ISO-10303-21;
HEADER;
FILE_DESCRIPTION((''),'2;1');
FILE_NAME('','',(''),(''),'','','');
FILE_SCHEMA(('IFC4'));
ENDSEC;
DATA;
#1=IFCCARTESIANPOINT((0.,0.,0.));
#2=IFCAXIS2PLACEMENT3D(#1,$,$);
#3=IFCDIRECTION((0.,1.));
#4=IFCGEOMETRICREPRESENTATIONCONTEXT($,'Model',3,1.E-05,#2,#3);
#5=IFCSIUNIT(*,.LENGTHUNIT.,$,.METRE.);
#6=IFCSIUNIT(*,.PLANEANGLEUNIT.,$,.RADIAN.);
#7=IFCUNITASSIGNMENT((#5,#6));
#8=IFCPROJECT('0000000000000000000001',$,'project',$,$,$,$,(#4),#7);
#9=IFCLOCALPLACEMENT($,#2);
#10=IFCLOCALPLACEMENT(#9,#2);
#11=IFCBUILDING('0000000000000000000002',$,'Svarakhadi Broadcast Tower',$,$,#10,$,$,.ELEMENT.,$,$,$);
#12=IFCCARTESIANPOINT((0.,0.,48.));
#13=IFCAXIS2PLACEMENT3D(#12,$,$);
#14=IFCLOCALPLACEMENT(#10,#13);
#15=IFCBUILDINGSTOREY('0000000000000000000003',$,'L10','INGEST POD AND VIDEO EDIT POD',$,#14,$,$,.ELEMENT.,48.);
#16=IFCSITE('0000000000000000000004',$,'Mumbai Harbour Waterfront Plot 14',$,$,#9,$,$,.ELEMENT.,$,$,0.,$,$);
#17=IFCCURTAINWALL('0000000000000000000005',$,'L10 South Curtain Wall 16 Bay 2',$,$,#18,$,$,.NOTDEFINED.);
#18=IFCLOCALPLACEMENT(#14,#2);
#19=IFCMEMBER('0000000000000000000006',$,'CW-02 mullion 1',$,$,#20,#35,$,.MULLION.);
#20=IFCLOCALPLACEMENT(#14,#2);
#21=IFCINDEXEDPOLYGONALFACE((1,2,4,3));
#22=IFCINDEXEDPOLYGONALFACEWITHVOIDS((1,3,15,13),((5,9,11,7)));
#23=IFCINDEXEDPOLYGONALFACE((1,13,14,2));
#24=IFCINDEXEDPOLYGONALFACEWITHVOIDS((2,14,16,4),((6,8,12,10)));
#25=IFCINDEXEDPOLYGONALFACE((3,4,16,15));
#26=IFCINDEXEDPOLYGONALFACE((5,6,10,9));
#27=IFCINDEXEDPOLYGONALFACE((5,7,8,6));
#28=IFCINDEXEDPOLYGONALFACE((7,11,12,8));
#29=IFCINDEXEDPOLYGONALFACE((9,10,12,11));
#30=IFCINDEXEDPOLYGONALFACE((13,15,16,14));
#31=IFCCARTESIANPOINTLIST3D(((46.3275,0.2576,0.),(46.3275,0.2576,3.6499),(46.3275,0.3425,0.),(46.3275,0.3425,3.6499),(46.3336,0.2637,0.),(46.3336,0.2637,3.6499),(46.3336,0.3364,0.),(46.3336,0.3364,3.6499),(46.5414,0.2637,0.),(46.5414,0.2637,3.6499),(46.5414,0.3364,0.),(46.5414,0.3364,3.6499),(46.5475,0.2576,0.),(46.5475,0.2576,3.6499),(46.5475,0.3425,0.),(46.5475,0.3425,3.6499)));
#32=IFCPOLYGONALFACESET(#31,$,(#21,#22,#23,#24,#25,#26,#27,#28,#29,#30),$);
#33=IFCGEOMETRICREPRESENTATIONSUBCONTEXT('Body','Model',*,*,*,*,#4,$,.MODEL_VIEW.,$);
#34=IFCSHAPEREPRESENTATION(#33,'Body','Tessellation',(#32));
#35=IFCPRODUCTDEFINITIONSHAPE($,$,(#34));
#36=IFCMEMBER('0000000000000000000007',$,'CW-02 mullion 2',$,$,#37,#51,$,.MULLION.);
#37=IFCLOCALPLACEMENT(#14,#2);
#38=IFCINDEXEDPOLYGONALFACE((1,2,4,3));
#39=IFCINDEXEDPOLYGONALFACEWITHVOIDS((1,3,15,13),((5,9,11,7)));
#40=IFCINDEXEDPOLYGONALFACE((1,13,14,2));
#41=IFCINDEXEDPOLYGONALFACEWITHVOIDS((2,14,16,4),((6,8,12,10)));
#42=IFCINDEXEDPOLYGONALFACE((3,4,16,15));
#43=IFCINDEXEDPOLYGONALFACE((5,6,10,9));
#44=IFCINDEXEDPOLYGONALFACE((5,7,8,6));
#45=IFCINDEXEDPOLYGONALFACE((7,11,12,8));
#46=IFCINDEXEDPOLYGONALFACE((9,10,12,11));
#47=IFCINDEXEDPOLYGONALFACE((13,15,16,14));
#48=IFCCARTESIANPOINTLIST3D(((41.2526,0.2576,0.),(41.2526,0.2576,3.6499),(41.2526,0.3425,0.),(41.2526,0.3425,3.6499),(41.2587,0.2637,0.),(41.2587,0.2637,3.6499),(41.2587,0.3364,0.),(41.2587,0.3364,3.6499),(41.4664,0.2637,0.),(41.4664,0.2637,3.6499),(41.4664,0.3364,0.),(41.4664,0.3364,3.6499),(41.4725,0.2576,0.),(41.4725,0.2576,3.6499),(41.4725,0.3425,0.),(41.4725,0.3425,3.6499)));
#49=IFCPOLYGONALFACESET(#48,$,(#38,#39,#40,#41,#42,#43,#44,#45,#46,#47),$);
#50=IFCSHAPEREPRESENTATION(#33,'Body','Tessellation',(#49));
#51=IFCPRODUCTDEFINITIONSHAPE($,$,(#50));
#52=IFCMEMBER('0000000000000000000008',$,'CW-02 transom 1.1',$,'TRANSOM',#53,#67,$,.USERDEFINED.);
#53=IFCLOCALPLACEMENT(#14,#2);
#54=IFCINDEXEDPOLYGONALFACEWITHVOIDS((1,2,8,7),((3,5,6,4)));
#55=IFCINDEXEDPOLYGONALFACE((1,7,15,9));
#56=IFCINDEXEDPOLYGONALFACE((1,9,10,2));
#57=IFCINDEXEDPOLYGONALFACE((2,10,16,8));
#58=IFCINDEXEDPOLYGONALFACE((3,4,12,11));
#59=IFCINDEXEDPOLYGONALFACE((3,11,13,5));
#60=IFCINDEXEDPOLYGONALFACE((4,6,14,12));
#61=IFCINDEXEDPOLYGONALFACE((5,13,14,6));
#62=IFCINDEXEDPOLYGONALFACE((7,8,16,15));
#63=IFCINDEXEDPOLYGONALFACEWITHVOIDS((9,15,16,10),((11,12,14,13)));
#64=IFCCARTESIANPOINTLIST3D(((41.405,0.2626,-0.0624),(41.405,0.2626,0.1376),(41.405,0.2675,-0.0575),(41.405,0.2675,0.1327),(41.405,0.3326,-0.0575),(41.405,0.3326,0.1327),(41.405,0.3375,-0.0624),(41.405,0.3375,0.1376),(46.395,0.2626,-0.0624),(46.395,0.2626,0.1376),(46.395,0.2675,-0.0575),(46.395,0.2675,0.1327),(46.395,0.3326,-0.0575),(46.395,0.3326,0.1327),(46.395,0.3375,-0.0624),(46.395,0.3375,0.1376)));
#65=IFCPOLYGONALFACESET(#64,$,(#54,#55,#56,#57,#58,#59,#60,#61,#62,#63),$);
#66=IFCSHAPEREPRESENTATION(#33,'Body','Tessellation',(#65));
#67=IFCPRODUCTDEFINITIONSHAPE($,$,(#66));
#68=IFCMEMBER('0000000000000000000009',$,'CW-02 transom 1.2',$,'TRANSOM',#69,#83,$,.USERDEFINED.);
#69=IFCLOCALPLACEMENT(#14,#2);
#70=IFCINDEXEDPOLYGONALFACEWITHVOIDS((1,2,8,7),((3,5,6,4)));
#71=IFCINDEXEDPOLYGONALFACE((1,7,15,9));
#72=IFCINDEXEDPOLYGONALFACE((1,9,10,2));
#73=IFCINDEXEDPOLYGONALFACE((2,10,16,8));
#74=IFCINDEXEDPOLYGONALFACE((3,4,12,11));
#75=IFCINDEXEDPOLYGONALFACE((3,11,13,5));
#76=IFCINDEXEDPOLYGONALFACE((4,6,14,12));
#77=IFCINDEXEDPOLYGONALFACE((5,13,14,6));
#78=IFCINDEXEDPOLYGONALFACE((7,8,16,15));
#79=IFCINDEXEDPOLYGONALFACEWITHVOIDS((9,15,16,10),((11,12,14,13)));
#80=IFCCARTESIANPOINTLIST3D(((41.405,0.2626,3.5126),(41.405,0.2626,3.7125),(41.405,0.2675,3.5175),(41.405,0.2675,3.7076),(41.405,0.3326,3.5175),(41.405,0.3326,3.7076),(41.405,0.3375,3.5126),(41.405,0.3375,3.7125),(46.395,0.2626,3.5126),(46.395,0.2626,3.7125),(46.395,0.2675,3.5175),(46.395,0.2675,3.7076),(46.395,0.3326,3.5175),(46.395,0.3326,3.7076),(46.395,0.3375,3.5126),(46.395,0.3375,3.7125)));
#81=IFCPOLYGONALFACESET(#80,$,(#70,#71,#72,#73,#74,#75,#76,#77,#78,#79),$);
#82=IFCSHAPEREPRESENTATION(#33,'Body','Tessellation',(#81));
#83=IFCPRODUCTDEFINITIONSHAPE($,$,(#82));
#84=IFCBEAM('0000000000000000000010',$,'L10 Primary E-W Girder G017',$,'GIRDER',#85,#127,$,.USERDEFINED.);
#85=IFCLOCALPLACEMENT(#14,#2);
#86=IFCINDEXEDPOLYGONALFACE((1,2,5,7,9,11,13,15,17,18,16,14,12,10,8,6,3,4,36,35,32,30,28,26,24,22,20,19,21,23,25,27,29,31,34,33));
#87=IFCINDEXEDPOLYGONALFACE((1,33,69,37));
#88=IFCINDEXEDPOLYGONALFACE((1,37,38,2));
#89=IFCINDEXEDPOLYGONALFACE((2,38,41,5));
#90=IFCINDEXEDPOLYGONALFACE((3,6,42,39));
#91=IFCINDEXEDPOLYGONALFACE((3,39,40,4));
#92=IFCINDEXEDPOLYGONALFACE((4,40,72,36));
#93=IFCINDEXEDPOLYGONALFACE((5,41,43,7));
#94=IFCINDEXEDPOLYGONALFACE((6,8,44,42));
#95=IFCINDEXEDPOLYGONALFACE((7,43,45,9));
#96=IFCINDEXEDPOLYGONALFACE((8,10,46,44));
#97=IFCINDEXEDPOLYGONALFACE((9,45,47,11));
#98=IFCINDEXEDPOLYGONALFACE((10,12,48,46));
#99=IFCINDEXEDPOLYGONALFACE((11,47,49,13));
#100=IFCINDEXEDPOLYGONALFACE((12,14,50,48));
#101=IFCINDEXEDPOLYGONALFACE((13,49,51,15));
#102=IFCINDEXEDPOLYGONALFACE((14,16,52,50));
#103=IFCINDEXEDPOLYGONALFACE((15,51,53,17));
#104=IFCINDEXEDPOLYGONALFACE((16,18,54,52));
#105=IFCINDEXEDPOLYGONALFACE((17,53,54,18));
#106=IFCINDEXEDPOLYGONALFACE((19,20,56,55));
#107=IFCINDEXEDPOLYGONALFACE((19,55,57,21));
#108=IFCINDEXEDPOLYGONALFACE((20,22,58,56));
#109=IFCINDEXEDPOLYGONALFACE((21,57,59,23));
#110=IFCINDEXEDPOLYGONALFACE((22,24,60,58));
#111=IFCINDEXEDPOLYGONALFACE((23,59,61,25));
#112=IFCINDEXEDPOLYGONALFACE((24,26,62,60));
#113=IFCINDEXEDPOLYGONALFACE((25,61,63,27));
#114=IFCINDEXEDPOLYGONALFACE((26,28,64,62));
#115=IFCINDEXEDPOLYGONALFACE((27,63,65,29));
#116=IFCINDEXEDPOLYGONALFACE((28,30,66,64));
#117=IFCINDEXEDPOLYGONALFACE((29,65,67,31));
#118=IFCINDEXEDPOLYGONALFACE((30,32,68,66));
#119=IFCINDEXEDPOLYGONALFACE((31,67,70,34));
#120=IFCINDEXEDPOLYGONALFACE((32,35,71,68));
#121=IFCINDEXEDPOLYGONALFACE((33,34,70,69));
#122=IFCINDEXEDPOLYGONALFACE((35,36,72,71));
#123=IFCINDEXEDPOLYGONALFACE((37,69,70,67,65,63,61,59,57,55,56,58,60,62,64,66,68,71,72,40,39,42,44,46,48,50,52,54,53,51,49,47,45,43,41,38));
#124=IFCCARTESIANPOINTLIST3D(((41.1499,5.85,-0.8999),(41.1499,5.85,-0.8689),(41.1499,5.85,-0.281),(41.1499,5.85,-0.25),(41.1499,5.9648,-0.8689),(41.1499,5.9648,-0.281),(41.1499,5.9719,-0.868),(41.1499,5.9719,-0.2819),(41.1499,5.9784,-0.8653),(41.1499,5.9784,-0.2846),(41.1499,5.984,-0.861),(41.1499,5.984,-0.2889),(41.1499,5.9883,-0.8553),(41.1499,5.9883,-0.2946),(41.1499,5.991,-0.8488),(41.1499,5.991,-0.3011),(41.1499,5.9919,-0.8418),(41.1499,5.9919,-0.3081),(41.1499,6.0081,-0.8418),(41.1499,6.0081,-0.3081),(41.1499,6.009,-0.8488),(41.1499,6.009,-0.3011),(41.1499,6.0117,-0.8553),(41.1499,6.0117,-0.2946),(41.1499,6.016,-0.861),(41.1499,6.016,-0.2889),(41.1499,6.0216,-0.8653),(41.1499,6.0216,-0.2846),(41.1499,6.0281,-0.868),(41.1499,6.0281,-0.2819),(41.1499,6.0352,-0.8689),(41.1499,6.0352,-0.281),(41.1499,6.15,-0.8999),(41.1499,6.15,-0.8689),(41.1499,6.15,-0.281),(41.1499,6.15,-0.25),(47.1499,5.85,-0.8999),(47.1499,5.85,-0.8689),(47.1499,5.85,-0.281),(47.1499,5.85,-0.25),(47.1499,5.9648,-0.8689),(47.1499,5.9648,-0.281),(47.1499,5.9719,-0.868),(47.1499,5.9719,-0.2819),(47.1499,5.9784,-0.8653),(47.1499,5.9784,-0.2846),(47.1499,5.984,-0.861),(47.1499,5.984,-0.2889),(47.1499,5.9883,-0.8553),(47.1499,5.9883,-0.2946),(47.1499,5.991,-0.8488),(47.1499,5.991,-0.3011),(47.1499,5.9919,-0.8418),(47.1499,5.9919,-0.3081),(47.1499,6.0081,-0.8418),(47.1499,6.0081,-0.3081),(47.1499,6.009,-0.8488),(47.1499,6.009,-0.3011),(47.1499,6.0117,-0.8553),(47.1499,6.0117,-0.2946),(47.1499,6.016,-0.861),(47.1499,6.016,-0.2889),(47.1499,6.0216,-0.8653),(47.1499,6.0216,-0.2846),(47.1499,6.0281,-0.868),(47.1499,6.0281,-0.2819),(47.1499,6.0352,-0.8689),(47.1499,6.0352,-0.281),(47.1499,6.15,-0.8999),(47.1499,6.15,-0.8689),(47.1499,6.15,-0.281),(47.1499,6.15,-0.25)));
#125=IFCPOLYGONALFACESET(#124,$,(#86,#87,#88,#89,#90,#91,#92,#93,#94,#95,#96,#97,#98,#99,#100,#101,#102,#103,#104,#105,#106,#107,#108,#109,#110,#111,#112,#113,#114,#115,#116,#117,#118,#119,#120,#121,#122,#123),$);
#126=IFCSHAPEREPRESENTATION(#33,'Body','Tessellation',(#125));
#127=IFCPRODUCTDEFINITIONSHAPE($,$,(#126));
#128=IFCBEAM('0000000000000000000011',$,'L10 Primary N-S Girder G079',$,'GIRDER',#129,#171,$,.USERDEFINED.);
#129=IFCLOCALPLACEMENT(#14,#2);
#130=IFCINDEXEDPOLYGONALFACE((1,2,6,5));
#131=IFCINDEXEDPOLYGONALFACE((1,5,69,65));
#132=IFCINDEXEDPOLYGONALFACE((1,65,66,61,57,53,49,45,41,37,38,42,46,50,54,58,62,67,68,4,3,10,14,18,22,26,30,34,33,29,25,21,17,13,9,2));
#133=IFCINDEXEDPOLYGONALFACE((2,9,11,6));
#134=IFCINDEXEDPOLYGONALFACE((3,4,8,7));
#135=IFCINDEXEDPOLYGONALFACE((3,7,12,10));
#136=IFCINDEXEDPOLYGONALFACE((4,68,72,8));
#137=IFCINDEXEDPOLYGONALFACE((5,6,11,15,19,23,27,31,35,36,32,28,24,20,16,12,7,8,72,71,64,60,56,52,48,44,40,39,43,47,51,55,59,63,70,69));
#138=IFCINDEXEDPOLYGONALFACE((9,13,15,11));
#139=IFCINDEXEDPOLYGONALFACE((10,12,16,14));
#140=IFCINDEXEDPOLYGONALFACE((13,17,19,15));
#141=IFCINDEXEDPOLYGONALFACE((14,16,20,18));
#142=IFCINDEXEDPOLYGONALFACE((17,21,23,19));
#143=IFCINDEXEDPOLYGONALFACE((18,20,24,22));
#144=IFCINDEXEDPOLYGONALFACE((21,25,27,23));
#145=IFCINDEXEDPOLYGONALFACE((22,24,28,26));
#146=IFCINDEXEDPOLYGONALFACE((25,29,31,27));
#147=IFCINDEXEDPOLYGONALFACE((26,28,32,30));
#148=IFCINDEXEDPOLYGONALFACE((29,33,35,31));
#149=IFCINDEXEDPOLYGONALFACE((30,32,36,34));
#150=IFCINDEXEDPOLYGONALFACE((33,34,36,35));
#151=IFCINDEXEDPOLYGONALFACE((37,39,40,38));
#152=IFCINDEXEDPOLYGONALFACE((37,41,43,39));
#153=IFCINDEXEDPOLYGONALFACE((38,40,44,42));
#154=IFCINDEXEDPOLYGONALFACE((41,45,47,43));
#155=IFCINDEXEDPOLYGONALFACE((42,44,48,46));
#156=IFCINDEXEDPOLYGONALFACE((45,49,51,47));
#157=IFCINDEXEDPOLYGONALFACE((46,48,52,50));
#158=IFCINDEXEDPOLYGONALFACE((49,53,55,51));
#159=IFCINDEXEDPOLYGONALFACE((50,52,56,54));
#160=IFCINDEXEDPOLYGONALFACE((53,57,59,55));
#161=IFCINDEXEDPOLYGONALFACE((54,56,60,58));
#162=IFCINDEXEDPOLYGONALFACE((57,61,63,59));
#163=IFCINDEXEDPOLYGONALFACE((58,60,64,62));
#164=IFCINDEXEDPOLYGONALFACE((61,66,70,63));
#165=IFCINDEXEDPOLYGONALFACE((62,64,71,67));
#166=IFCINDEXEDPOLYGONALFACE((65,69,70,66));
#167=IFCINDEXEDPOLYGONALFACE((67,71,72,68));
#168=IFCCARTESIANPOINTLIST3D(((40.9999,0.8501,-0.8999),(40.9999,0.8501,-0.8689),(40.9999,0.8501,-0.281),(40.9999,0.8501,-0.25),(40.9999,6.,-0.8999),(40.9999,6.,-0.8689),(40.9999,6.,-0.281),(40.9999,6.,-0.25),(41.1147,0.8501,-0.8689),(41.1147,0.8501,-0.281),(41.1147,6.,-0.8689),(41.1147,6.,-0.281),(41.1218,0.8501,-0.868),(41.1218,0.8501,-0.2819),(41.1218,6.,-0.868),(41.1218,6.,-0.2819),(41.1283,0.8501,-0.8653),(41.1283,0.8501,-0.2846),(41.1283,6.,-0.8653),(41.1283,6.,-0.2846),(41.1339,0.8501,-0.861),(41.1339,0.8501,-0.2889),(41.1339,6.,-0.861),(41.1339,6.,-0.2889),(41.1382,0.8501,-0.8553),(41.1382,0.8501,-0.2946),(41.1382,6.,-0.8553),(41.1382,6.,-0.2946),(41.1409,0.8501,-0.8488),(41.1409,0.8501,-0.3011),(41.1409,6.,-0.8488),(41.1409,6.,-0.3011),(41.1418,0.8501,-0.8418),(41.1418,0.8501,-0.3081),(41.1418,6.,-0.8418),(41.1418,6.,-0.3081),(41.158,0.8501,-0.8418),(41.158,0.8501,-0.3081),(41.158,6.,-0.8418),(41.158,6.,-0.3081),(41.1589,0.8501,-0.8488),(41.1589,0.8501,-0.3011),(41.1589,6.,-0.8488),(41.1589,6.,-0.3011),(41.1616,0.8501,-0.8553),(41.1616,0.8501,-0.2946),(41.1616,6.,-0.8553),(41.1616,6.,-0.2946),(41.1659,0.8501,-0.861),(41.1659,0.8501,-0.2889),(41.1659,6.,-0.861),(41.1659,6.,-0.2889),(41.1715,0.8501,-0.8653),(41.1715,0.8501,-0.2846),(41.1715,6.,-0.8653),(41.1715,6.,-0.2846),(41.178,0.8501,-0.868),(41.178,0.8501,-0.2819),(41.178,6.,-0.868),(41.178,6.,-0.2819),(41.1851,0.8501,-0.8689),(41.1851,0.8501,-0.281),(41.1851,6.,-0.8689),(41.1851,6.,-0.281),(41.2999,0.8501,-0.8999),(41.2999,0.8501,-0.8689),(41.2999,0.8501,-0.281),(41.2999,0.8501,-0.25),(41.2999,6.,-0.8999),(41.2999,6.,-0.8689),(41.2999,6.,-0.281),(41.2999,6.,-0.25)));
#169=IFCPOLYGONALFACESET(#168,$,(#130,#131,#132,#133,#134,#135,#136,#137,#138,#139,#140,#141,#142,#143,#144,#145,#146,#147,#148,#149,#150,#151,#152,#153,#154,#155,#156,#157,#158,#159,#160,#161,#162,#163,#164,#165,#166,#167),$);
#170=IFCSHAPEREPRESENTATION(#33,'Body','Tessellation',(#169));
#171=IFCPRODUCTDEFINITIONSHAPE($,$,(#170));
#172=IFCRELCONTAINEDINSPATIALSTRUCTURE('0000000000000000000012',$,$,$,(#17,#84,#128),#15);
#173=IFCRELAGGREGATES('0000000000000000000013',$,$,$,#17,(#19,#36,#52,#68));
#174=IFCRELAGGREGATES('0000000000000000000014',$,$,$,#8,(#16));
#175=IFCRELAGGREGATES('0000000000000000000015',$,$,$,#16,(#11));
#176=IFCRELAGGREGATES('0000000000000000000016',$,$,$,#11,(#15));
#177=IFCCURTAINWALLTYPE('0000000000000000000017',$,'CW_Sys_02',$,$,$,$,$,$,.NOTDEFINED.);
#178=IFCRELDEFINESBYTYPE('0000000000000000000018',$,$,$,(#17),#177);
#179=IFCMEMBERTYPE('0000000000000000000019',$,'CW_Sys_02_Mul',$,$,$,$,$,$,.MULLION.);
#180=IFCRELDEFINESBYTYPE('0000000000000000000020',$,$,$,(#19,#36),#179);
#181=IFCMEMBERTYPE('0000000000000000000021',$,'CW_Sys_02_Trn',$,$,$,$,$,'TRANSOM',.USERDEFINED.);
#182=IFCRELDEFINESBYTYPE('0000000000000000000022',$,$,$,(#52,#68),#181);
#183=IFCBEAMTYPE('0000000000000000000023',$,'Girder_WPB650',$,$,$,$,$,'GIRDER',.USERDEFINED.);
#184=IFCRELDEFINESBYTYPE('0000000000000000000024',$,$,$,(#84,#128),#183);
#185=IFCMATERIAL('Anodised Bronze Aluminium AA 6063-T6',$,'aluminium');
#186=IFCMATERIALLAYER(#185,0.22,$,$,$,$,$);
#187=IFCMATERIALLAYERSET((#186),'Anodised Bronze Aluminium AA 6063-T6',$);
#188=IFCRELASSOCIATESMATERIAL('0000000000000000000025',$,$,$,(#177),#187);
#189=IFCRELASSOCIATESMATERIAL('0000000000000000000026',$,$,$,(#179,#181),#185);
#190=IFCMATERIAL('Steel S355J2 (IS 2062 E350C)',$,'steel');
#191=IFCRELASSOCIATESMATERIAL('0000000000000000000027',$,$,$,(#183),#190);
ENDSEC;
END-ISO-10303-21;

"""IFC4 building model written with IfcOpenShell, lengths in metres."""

from ifc_helpers import new_model, si_unit, direction, frame, origin, origin_2d, place, context, subcontext, project, spatial, hollow_rectangle, i_section, extrude, material, layer, layer_set, material_profile, profile_set, type_object, element, aggregate, save


model = new_model("IFC4")

# Units and contexts
model_context = context("Model", 3, precision=1e-05, world=origin(), true_north=direction((0.0, 1.0)))
body_context = subcontext(model_context, "Body", "Model", "MODEL_VIEW")
ifc_project = project(units=[si_unit("LENGTHUNIT", "METRE"), si_unit("PLANEANGLEUNIT", "RADIAN")], contexts=[model_context])

# Site, building, storey
site_placement = place(None, origin())
site = spatial("IfcSite", under=ifc_project, at=site_placement, Name="Mumbai Harbour Waterfront Plot 14", CompositionType="ELEMENT", RefElevation=0.0)
building_placement = place(site_placement, origin())
building = spatial("IfcBuilding", under=site, at=building_placement, Name="Svarakhadi Broadcast Tower", CompositionType="ELEMENT")
storey_placement = place(building_placement, frame((0.0, 0.0, 48.0)))
storey = spatial("IfcBuildingStorey", under=building, at=storey_placement, Name="L10", Description="INGEST POD AND VIDEO EDIT POD", CompositionType="ELEMENT", Elevation=48.0)

# Shared definitions
ifc_material_1 = material(Name="Steel S355J2 (IS 2062 E350C)", Category="steel")

# Curtain wall, members
ifc_material_2 = material(Name="Anodised Bronze Aluminium AA 6063-T6", Category="aluminium")
ifc_layer_1 = layer(ifc_material_2, 0.22)
ifc_layer_set_1 = layer_set([ifc_layer_1], Name="Anodised Bronze Aluminium AA 6063-T6")
curtain_wall_type = type_object("IfcCurtainWallType", Name="CW_Sys_02", PredefinedType="NOTDEFINED", material=ifc_layer_set_1)
curtain_wall_placement = place(storey_placement, origin())
curtain_wall = element("IfcCurtainWall", 1, at=curtain_wall_placement, inside=storey, type_object=curtain_wall_type, Name="L10 South Curtain Wall 16 Bay 2", PredefinedType="NOTDEFINED")
ifc_material_profile_1 = material_profile(ifc_material_2, hollow_rectangle(XDim=0.085, YDim=0.22, WallThickness=0.0061, at=origin_2d()), Name="ALU MULLION 220x85x6")
ifc_profile_set_1 = profile_set([ifc_material_profile_1], Name="Anodised Bronze Aluminium AA 6063-T6")
member_type_1 = type_object("IfcMemberType", Name="CW_Sys_02_Mul", PredefinedType="MULLION", material=ifc_profile_set_1)
member_1_placement = place(storey_placement, frame((46.4375, 0.3, 0.0), z_axis=(0.0, 0.0, 1.0), x_axis=(0.0, -1.0, 0.0)))
member_1 = element("IfcMember", 2, at=member_1_placement, type_object=member_type_1, Name="CW-02 mullion 1", PredefinedType="MULLION", context=body_context, shape_type="SweptSolid", body=[
    extrude(hollow_rectangle(XDim=0.085, YDim=0.22, WallThickness=0.0061, at=origin_2d()), origin(), (0.0, 0.0, 1.0), 3.6499),
])
member_2_placement = place(storey_placement, frame((41.3625, 0.3, 0.0), z_axis=(0.0, 0.0, 1.0), x_axis=(0.0, -1.0, 0.0)))
member_2 = element("IfcMember", 3, at=member_2_placement, type_object=member_type_1, Name="CW-02 mullion 2", PredefinedType="MULLION", context=body_context, shape_type="SweptSolid", body=[
    extrude(hollow_rectangle(XDim=0.085, YDim=0.22, WallThickness=0.0061, at=origin_2d()), origin(), (0.0, 0.0, 1.0), 3.6499),
])
ifc_material_profile_2 = material_profile(ifc_material_2, hollow_rectangle(XDim=0.075, YDim=0.2, WallThickness=0.0049, at=origin_2d()), Name="ALU TRANSOM 200x75x5")
ifc_profile_set_2 = profile_set([ifc_material_profile_2], Name="Anodised Bronze Aluminium AA 6063-T6")
member_type_2 = type_object("IfcMemberType", Name="CW_Sys_02_Trn", ElementType="TRANSOM", PredefinedType="USERDEFINED", material=ifc_profile_set_2)
member_3_placement = place(storey_placement, frame((46.395, 0.3, 0.0376), z_axis=(-1.0, 0.0, 0.0), x_axis=(0.0, -1.0, 0.0)))
member_3 = element("IfcMember", 4, at=member_3_placement, type_object=member_type_2, Name="CW-02 transom 1.1", ObjectType="TRANSOM", PredefinedType="USERDEFINED", context=body_context, shape_type="SweptSolid", body=[
    extrude(hollow_rectangle(XDim=0.075, YDim=0.2, WallThickness=0.0049, at=origin_2d()), origin(), (0.0, 0.0, 1.0), 4.99),
])
member_4_placement = place(storey_placement, frame((46.395, 0.3, 3.6125), z_axis=(-1.0, 0.0, 0.0), x_axis=(0.0, -1.0, 0.0)))
member_4 = element("IfcMember", 5, at=member_4_placement, type_object=member_type_2, Name="CW-02 transom 1.2", ObjectType="TRANSOM", PredefinedType="USERDEFINED", context=body_context, shape_type="SweptSolid", body=[
    extrude(hollow_rectangle(XDim=0.075, YDim=0.2, WallThickness=0.0049, at=origin_2d()), origin(), (0.0, 0.0, 1.0), 4.99),
])

# Beams
ifc_material_profile_3 = material_profile(ifc_material_1, i_section(OverallWidth=0.3, OverallDepth=0.6499, WebThickness=0.0161, FlangeThickness=0.031, FilletRadius=0.0271, at=origin_2d()), Name="WPB 650x300x225")
ifc_profile_set_3 = profile_set([ifc_material_profile_3], Name="Steel S355J2 (IS 2062 E350C)")
beam_type_1 = type_object("IfcBeamType", Name="Girder_WPB650", ElementType="GIRDER", PredefinedType="USERDEFINED", material=ifc_profile_set_3)
beam_1_placement = place(storey_placement, frame((41.1499, 6.0, -0.575), z_axis=(1.0, 0.0, 0.0), x_axis=(0.0, 1.0, 0.0)))
element("IfcBeam", 6, at=beam_1_placement, inside=storey, type_object=beam_type_1, Name="L10 Primary E-W Girder G017", ObjectType="GIRDER", PredefinedType="USERDEFINED", context=body_context, shape_type="SweptSolid", body=[
    extrude(i_section(OverallWidth=0.3, OverallDepth=0.6499, WebThickness=0.0161, FlangeThickness=0.031, FilletRadius=0.0271, at=origin_2d()), origin(), (0.0, 0.0, 1.0), 6.0),
])
beam_2_placement = place(storey_placement, frame((41.1499, 0.8501, -0.575), z_axis=(0.0, 1.0, 0.0), x_axis=(-1.0, 0.0, 0.0)))
element("IfcBeam", 7, at=beam_2_placement, inside=storey, type_object=beam_type_1, Name="L10 Primary N-S Girder G079", ObjectType="GIRDER", PredefinedType="USERDEFINED", context=body_context, shape_type="SweptSolid", body=[
    extrude(i_section(OverallWidth=0.3, OverallDepth=0.6499, WebThickness=0.0161, FlangeThickness=0.031, FilletRadius=0.0271, at=origin_2d()), origin(), (0.0, 0.0, 1.0), 5.1499),
])

aggregate(curtain_wall, [member_1, member_2, member_3, member_4])

save(model, "model.ifc")
